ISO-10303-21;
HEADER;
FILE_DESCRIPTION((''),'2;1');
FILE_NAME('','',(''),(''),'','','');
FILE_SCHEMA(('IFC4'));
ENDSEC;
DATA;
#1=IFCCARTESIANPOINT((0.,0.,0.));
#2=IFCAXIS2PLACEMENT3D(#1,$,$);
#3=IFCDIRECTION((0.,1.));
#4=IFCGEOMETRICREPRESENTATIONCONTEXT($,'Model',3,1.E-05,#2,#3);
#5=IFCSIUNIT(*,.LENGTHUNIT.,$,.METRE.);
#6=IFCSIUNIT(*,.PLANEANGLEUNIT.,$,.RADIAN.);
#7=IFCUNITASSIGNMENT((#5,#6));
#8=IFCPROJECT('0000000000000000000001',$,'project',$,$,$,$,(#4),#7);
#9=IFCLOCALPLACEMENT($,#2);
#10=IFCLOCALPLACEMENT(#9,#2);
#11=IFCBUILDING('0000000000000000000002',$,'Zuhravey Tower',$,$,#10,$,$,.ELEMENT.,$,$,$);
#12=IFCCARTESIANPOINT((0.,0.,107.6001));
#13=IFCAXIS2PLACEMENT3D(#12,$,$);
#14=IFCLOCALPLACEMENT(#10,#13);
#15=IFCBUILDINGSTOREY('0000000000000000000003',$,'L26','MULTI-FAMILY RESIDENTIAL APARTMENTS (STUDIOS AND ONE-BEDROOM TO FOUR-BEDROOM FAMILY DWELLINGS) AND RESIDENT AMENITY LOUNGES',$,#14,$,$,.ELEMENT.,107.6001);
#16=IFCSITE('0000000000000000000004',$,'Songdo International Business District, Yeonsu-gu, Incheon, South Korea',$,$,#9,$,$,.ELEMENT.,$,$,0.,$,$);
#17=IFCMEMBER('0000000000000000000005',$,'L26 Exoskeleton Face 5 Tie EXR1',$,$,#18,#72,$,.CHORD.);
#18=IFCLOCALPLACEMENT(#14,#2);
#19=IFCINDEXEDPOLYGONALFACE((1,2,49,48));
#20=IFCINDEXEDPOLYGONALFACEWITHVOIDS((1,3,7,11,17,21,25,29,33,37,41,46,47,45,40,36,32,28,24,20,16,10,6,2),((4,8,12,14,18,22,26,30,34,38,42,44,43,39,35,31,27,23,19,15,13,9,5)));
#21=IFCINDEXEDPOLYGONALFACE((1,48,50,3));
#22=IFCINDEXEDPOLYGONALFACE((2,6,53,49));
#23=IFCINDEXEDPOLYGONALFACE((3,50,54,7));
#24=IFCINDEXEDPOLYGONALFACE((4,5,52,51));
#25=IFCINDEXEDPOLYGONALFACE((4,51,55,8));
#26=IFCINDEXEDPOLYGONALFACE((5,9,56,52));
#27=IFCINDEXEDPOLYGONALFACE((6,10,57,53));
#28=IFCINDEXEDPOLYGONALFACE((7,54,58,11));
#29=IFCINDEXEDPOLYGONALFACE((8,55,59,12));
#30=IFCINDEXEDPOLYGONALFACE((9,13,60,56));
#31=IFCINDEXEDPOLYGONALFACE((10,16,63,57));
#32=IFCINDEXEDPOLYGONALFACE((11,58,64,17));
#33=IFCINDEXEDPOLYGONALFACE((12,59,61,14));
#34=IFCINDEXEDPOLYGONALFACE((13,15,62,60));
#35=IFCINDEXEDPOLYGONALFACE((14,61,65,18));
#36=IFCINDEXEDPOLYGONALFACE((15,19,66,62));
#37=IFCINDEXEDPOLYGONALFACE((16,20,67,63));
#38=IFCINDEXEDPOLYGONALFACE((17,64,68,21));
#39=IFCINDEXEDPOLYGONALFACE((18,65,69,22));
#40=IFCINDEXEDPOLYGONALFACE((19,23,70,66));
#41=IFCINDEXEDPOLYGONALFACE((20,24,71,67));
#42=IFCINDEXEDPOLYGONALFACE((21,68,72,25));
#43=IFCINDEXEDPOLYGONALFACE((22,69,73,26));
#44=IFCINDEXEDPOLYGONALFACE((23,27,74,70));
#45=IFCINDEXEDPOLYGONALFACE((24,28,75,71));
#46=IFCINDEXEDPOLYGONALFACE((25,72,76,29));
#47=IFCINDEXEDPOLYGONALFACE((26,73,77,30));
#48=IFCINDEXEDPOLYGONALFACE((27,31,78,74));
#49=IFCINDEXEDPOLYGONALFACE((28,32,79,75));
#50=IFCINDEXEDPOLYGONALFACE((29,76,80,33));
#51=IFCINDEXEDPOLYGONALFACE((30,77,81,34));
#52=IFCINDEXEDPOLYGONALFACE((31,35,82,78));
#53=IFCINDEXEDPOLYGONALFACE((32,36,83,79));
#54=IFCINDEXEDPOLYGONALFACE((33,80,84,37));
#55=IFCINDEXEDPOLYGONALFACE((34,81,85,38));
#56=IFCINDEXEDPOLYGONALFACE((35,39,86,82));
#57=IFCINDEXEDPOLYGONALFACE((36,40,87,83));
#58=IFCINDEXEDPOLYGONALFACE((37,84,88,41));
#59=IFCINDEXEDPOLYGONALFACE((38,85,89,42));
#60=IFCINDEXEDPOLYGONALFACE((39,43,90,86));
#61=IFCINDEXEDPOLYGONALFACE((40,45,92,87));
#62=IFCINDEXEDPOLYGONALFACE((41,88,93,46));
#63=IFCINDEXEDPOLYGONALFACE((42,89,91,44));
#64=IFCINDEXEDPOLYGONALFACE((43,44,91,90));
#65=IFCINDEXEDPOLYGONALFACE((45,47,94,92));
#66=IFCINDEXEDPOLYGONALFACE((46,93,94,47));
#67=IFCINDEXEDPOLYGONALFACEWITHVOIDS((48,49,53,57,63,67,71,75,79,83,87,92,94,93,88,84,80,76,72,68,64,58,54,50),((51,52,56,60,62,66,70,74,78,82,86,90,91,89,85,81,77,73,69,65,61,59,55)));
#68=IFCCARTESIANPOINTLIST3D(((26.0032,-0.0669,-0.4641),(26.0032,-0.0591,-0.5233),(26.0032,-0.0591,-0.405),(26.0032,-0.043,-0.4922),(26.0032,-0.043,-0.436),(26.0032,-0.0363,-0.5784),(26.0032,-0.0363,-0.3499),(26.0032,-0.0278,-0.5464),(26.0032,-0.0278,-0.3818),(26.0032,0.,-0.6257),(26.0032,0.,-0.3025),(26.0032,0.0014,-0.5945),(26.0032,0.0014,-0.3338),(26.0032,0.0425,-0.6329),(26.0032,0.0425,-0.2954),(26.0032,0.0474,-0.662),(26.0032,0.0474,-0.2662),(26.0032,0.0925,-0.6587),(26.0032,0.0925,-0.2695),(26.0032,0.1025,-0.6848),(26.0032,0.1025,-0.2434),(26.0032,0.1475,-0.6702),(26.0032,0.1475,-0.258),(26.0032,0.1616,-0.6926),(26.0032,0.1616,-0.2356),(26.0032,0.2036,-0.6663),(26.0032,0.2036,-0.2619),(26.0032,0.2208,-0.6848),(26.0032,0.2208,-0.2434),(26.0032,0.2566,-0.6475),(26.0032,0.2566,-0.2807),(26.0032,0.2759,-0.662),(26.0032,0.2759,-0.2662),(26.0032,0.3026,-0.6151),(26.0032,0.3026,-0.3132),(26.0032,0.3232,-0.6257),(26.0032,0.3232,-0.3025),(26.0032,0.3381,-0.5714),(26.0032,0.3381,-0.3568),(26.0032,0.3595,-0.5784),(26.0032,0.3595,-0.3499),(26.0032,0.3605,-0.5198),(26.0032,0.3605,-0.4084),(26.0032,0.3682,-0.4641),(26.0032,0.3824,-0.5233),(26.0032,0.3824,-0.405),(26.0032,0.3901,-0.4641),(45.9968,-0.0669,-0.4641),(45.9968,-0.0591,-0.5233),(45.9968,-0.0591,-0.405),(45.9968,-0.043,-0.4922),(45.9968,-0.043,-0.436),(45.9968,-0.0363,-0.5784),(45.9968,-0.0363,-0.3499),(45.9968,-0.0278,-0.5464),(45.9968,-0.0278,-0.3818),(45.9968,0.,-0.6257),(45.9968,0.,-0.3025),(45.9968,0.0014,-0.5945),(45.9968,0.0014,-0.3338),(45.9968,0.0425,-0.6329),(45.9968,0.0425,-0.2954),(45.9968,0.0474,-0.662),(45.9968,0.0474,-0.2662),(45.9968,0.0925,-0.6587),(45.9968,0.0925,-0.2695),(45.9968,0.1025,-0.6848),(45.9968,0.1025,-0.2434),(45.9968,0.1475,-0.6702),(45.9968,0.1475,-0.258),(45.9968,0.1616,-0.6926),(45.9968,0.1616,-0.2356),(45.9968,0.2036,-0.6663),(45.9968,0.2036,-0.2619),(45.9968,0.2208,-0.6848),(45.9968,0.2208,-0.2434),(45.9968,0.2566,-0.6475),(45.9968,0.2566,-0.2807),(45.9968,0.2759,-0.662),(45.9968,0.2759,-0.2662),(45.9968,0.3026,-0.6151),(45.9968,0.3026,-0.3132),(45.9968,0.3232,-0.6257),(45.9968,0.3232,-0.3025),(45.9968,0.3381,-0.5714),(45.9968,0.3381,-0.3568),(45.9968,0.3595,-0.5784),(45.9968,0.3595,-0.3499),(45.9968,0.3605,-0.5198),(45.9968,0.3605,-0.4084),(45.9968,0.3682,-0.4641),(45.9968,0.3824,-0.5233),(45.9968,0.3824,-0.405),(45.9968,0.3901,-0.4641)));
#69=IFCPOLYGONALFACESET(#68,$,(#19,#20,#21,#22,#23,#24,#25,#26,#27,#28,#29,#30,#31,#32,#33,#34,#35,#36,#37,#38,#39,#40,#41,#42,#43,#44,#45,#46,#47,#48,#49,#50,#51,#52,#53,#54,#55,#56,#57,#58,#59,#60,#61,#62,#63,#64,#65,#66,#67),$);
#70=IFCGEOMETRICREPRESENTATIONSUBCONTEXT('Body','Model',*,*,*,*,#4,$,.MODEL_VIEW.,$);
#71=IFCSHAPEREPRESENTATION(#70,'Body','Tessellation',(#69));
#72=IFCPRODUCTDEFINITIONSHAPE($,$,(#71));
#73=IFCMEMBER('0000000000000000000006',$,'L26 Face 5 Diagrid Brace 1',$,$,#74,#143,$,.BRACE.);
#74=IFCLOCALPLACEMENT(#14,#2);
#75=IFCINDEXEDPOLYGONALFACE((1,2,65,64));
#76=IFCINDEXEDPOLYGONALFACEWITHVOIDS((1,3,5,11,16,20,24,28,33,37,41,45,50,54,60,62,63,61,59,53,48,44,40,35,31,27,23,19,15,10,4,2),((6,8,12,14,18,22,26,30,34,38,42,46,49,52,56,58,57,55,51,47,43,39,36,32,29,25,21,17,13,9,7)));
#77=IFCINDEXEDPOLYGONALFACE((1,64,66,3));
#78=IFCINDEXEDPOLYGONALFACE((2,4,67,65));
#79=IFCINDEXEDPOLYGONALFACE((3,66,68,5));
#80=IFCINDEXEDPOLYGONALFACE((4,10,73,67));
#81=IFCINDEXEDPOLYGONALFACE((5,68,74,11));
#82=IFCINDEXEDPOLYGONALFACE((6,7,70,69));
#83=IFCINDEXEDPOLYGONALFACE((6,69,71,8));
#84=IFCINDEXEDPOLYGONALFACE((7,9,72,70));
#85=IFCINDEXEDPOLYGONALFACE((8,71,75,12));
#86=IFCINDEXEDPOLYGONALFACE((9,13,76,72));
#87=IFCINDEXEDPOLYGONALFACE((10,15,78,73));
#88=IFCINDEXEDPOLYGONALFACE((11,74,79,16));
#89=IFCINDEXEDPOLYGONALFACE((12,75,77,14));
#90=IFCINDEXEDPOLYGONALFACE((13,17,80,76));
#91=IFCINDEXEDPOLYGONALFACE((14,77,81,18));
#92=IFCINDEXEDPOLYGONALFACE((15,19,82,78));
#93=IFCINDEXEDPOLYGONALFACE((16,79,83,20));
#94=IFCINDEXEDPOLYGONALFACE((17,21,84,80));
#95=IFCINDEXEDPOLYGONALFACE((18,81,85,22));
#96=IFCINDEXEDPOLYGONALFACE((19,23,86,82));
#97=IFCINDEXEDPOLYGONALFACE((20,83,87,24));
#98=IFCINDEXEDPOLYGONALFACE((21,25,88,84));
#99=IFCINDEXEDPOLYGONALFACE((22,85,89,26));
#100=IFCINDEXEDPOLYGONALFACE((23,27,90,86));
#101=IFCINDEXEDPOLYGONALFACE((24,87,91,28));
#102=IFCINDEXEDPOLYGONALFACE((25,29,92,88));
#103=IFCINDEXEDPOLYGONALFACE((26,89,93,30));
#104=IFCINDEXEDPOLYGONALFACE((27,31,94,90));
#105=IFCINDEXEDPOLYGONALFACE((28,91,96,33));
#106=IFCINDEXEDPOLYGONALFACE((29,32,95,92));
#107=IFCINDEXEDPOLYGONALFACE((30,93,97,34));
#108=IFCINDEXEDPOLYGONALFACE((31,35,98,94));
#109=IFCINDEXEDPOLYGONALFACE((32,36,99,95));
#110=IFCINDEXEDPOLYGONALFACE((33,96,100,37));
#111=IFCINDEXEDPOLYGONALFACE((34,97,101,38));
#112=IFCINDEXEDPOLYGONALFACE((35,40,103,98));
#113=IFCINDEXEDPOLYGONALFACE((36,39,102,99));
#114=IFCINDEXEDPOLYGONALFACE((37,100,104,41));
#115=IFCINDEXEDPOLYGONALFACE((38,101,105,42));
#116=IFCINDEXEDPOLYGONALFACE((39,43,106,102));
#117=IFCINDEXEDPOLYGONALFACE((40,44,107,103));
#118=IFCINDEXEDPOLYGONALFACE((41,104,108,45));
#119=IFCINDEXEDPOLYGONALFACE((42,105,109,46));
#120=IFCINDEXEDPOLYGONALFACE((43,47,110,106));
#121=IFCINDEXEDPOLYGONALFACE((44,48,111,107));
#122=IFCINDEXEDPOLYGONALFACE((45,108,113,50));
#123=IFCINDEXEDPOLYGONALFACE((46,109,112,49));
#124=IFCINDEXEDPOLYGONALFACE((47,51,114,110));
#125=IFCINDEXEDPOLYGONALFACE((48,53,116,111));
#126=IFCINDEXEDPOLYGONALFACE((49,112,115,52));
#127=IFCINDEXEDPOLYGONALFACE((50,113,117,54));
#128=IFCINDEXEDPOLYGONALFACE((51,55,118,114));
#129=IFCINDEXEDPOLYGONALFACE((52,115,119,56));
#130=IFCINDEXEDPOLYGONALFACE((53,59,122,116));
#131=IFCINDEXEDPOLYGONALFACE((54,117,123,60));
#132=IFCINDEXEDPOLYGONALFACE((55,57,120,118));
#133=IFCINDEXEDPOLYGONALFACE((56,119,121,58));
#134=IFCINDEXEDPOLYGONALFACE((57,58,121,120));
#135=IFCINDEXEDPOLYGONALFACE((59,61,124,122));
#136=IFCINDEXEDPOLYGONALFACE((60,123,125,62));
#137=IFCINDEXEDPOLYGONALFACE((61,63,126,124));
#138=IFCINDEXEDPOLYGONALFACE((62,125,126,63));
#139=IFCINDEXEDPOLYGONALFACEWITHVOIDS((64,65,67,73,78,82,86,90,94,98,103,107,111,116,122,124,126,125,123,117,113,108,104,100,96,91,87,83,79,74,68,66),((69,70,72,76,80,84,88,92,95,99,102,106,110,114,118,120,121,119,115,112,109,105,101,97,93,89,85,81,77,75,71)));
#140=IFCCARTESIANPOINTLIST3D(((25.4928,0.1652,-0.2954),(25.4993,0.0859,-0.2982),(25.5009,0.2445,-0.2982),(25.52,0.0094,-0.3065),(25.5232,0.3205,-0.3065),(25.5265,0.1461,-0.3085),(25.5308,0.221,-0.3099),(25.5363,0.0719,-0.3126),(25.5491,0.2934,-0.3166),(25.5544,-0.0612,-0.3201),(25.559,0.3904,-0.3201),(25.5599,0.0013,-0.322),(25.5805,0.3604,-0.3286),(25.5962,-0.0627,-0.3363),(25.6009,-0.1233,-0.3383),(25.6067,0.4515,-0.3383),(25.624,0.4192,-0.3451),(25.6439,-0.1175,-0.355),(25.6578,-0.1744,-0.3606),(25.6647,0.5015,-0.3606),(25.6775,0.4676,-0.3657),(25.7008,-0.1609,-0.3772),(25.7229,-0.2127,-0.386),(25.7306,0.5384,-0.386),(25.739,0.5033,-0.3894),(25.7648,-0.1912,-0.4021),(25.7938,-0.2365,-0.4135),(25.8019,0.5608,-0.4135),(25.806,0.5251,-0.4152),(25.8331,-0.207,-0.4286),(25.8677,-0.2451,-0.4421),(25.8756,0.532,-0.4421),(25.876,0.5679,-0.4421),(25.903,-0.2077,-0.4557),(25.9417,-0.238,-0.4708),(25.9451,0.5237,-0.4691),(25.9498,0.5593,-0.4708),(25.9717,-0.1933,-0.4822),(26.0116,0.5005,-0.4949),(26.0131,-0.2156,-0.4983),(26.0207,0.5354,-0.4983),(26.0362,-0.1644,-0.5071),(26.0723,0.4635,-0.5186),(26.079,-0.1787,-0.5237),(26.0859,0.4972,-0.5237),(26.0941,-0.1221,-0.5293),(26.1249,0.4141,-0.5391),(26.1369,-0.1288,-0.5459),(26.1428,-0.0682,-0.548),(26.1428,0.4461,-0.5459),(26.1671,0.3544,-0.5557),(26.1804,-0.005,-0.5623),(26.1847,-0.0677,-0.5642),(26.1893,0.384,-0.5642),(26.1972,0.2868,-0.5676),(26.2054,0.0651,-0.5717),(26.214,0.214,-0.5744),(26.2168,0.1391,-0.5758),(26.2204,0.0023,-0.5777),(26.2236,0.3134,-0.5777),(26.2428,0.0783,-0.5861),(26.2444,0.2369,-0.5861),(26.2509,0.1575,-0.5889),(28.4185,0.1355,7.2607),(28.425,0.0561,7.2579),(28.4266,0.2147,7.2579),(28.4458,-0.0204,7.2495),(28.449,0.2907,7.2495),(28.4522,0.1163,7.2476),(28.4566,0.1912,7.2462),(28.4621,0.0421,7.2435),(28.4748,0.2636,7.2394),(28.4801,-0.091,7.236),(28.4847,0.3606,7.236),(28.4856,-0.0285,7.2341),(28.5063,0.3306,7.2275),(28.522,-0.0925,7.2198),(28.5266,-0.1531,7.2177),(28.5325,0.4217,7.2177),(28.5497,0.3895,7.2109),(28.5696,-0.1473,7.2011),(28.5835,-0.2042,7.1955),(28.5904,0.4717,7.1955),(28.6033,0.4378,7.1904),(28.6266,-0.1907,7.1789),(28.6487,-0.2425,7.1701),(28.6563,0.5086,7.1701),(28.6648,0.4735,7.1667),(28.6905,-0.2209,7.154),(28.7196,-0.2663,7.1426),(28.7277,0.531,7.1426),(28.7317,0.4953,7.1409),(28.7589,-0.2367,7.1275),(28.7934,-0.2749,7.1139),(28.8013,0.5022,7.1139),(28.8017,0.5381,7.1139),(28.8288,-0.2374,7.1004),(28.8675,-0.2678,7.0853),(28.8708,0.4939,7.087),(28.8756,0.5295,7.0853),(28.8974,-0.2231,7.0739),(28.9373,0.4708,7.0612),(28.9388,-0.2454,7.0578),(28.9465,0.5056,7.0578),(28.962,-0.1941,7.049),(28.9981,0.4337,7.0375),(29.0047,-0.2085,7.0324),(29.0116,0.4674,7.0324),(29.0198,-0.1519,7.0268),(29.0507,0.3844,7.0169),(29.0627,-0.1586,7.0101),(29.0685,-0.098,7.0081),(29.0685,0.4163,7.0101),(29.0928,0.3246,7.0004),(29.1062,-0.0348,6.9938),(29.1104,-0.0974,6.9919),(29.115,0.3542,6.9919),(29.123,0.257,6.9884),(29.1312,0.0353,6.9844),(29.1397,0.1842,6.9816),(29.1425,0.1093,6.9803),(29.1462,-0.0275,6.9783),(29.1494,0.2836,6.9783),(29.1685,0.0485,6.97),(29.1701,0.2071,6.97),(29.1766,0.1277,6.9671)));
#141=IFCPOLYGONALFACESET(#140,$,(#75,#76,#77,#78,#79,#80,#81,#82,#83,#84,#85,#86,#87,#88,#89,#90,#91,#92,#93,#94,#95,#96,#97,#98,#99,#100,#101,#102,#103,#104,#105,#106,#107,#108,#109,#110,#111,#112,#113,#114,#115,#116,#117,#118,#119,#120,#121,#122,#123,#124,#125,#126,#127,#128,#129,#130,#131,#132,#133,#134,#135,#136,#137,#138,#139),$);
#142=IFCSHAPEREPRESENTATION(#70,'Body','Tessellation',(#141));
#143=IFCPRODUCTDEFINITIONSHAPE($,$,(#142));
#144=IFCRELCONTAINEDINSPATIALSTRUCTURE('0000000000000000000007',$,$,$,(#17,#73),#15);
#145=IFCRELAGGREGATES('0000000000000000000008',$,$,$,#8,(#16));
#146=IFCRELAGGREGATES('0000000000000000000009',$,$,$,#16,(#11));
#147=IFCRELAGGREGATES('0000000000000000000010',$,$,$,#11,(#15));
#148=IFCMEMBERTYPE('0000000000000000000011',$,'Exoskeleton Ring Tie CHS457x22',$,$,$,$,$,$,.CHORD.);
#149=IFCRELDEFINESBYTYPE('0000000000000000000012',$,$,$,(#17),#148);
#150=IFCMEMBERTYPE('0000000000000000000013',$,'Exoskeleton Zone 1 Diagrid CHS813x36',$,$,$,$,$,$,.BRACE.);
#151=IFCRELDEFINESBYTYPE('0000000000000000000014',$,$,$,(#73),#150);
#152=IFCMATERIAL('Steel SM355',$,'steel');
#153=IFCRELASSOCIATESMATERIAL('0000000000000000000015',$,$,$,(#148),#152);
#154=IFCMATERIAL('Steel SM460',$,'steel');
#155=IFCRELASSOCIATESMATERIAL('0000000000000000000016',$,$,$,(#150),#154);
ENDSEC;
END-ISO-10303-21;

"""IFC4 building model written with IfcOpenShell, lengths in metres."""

from ifc_helpers import new_model, si_unit, direction, frame, origin, origin_2d, place, context, subcontext, project, spatial, hollow_circle, extrude, material, material_profile, profile_set, type_object, element, save


model = new_model("IFC4")

# Units and contexts
model_context = context("Model", 3, precision=1e-05, world=origin(), true_north=direction((0.0, 1.0)))
body_context = subcontext(model_context, "Body", "Model", "MODEL_VIEW")
ifc_project = project(units=[si_unit("LENGTHUNIT", "METRE"), si_unit("PLANEANGLEUNIT", "RADIAN")], contexts=[model_context])

# Site, building, storey
site_placement = place(None, origin())
site = spatial("IfcSite", under=ifc_project, at=site_placement, Name="Songdo International Business District, Yeonsu-gu, Incheon, South Korea", CompositionType="ELEMENT", RefElevation=0.0)
building_placement = place(site_placement, origin())
building = spatial("IfcBuilding", under=site, at=building_placement, Name="Zuhravey Tower", CompositionType="ELEMENT")
storey_placement = place(building_placement, frame((0.0, 0.0, 107.6001)))
storey = spatial("IfcBuildingStorey", under=building, at=storey_placement, Name="L26", Description="MULTI-FAMILY RESIDENTIAL APARTMENTS (STUDIOS AND ONE-BEDROOM TO FOUR-BEDROOM FAMILY DWELLINGS) AND RESIDENT AMENITY LOUNGES", CompositionType="ELEMENT", Elevation=107.6001)

# Members
ifc_material_1 = material(Name="Steel SM355", Category="steel")
ifc_material_profile_1 = material_profile(ifc_material_1, hollow_circle(Radius=0.2285, WallThickness=0.022, at=origin_2d()), Name="CHS-457.2x22")
ifc_profile_set_1 = profile_set([ifc_material_profile_1], Name="Steel SM355")
member_type_1 = type_object("IfcMemberType", Name="Exoskeleton Ring Tie CHS457x22", PredefinedType="CHORD", material=ifc_profile_set_1)
member_1_placement = place(storey_placement, frame((26.0032, 0.1616, -0.4641), z_axis=(1.0, 0.0, 0.0), x_axis=(0.0, 1.0, 0.0)))
element("IfcMember", 1, at=member_1_placement, inside=storey, type_object=member_type_1, Name="L26 Exoskeleton Face 5 Tie EXR1", PredefinedType="CHORD", context=body_context, shape_type="SweptSolid", body=[
    extrude(hollow_circle(Radius=0.2285, WallThickness=0.022, at=origin_2d()), origin(), (0.0, 0.0, 1.0), 19.9937),
])
ifc_material_2 = material(Name="Steel SM460", Category="steel")
ifc_material_profile_2 = material_profile(ifc_material_2, hollow_circle(Radius=0.4065, WallThickness=0.0359, at=origin_2d()), Name="CHS-812.8x36")
ifc_profile_set_2 = profile_set([ifc_material_profile_2], Name="Steel SM460")
member_type_2 = type_object("IfcMemberType", Name="Exoskeleton Zone 1 Diagrid CHS813x36", PredefinedType="BRACE", material=ifc_profile_set_2)
member_2_placement = place(storey_placement, frame((25.8718, 0.1614, -0.4421), z_axis=(0.36108, -0.003676, 0.932528), x_axis=(0.01018, 0.999948, 0.0)))
element("IfcMember", 2, at=member_2_placement, inside=storey, type_object=member_type_2, Name="L26 Face 5 Diagrid Brace 1", PredefinedType="BRACE", context=body_context, shape_type="SweptSolid", body=[
    extrude(hollow_circle(Radius=0.4065, WallThickness=0.0359, at=origin_2d()), origin(), (0.0, 0.0, 1.0), 8.1028),
])

save(model, "model.ifc")
